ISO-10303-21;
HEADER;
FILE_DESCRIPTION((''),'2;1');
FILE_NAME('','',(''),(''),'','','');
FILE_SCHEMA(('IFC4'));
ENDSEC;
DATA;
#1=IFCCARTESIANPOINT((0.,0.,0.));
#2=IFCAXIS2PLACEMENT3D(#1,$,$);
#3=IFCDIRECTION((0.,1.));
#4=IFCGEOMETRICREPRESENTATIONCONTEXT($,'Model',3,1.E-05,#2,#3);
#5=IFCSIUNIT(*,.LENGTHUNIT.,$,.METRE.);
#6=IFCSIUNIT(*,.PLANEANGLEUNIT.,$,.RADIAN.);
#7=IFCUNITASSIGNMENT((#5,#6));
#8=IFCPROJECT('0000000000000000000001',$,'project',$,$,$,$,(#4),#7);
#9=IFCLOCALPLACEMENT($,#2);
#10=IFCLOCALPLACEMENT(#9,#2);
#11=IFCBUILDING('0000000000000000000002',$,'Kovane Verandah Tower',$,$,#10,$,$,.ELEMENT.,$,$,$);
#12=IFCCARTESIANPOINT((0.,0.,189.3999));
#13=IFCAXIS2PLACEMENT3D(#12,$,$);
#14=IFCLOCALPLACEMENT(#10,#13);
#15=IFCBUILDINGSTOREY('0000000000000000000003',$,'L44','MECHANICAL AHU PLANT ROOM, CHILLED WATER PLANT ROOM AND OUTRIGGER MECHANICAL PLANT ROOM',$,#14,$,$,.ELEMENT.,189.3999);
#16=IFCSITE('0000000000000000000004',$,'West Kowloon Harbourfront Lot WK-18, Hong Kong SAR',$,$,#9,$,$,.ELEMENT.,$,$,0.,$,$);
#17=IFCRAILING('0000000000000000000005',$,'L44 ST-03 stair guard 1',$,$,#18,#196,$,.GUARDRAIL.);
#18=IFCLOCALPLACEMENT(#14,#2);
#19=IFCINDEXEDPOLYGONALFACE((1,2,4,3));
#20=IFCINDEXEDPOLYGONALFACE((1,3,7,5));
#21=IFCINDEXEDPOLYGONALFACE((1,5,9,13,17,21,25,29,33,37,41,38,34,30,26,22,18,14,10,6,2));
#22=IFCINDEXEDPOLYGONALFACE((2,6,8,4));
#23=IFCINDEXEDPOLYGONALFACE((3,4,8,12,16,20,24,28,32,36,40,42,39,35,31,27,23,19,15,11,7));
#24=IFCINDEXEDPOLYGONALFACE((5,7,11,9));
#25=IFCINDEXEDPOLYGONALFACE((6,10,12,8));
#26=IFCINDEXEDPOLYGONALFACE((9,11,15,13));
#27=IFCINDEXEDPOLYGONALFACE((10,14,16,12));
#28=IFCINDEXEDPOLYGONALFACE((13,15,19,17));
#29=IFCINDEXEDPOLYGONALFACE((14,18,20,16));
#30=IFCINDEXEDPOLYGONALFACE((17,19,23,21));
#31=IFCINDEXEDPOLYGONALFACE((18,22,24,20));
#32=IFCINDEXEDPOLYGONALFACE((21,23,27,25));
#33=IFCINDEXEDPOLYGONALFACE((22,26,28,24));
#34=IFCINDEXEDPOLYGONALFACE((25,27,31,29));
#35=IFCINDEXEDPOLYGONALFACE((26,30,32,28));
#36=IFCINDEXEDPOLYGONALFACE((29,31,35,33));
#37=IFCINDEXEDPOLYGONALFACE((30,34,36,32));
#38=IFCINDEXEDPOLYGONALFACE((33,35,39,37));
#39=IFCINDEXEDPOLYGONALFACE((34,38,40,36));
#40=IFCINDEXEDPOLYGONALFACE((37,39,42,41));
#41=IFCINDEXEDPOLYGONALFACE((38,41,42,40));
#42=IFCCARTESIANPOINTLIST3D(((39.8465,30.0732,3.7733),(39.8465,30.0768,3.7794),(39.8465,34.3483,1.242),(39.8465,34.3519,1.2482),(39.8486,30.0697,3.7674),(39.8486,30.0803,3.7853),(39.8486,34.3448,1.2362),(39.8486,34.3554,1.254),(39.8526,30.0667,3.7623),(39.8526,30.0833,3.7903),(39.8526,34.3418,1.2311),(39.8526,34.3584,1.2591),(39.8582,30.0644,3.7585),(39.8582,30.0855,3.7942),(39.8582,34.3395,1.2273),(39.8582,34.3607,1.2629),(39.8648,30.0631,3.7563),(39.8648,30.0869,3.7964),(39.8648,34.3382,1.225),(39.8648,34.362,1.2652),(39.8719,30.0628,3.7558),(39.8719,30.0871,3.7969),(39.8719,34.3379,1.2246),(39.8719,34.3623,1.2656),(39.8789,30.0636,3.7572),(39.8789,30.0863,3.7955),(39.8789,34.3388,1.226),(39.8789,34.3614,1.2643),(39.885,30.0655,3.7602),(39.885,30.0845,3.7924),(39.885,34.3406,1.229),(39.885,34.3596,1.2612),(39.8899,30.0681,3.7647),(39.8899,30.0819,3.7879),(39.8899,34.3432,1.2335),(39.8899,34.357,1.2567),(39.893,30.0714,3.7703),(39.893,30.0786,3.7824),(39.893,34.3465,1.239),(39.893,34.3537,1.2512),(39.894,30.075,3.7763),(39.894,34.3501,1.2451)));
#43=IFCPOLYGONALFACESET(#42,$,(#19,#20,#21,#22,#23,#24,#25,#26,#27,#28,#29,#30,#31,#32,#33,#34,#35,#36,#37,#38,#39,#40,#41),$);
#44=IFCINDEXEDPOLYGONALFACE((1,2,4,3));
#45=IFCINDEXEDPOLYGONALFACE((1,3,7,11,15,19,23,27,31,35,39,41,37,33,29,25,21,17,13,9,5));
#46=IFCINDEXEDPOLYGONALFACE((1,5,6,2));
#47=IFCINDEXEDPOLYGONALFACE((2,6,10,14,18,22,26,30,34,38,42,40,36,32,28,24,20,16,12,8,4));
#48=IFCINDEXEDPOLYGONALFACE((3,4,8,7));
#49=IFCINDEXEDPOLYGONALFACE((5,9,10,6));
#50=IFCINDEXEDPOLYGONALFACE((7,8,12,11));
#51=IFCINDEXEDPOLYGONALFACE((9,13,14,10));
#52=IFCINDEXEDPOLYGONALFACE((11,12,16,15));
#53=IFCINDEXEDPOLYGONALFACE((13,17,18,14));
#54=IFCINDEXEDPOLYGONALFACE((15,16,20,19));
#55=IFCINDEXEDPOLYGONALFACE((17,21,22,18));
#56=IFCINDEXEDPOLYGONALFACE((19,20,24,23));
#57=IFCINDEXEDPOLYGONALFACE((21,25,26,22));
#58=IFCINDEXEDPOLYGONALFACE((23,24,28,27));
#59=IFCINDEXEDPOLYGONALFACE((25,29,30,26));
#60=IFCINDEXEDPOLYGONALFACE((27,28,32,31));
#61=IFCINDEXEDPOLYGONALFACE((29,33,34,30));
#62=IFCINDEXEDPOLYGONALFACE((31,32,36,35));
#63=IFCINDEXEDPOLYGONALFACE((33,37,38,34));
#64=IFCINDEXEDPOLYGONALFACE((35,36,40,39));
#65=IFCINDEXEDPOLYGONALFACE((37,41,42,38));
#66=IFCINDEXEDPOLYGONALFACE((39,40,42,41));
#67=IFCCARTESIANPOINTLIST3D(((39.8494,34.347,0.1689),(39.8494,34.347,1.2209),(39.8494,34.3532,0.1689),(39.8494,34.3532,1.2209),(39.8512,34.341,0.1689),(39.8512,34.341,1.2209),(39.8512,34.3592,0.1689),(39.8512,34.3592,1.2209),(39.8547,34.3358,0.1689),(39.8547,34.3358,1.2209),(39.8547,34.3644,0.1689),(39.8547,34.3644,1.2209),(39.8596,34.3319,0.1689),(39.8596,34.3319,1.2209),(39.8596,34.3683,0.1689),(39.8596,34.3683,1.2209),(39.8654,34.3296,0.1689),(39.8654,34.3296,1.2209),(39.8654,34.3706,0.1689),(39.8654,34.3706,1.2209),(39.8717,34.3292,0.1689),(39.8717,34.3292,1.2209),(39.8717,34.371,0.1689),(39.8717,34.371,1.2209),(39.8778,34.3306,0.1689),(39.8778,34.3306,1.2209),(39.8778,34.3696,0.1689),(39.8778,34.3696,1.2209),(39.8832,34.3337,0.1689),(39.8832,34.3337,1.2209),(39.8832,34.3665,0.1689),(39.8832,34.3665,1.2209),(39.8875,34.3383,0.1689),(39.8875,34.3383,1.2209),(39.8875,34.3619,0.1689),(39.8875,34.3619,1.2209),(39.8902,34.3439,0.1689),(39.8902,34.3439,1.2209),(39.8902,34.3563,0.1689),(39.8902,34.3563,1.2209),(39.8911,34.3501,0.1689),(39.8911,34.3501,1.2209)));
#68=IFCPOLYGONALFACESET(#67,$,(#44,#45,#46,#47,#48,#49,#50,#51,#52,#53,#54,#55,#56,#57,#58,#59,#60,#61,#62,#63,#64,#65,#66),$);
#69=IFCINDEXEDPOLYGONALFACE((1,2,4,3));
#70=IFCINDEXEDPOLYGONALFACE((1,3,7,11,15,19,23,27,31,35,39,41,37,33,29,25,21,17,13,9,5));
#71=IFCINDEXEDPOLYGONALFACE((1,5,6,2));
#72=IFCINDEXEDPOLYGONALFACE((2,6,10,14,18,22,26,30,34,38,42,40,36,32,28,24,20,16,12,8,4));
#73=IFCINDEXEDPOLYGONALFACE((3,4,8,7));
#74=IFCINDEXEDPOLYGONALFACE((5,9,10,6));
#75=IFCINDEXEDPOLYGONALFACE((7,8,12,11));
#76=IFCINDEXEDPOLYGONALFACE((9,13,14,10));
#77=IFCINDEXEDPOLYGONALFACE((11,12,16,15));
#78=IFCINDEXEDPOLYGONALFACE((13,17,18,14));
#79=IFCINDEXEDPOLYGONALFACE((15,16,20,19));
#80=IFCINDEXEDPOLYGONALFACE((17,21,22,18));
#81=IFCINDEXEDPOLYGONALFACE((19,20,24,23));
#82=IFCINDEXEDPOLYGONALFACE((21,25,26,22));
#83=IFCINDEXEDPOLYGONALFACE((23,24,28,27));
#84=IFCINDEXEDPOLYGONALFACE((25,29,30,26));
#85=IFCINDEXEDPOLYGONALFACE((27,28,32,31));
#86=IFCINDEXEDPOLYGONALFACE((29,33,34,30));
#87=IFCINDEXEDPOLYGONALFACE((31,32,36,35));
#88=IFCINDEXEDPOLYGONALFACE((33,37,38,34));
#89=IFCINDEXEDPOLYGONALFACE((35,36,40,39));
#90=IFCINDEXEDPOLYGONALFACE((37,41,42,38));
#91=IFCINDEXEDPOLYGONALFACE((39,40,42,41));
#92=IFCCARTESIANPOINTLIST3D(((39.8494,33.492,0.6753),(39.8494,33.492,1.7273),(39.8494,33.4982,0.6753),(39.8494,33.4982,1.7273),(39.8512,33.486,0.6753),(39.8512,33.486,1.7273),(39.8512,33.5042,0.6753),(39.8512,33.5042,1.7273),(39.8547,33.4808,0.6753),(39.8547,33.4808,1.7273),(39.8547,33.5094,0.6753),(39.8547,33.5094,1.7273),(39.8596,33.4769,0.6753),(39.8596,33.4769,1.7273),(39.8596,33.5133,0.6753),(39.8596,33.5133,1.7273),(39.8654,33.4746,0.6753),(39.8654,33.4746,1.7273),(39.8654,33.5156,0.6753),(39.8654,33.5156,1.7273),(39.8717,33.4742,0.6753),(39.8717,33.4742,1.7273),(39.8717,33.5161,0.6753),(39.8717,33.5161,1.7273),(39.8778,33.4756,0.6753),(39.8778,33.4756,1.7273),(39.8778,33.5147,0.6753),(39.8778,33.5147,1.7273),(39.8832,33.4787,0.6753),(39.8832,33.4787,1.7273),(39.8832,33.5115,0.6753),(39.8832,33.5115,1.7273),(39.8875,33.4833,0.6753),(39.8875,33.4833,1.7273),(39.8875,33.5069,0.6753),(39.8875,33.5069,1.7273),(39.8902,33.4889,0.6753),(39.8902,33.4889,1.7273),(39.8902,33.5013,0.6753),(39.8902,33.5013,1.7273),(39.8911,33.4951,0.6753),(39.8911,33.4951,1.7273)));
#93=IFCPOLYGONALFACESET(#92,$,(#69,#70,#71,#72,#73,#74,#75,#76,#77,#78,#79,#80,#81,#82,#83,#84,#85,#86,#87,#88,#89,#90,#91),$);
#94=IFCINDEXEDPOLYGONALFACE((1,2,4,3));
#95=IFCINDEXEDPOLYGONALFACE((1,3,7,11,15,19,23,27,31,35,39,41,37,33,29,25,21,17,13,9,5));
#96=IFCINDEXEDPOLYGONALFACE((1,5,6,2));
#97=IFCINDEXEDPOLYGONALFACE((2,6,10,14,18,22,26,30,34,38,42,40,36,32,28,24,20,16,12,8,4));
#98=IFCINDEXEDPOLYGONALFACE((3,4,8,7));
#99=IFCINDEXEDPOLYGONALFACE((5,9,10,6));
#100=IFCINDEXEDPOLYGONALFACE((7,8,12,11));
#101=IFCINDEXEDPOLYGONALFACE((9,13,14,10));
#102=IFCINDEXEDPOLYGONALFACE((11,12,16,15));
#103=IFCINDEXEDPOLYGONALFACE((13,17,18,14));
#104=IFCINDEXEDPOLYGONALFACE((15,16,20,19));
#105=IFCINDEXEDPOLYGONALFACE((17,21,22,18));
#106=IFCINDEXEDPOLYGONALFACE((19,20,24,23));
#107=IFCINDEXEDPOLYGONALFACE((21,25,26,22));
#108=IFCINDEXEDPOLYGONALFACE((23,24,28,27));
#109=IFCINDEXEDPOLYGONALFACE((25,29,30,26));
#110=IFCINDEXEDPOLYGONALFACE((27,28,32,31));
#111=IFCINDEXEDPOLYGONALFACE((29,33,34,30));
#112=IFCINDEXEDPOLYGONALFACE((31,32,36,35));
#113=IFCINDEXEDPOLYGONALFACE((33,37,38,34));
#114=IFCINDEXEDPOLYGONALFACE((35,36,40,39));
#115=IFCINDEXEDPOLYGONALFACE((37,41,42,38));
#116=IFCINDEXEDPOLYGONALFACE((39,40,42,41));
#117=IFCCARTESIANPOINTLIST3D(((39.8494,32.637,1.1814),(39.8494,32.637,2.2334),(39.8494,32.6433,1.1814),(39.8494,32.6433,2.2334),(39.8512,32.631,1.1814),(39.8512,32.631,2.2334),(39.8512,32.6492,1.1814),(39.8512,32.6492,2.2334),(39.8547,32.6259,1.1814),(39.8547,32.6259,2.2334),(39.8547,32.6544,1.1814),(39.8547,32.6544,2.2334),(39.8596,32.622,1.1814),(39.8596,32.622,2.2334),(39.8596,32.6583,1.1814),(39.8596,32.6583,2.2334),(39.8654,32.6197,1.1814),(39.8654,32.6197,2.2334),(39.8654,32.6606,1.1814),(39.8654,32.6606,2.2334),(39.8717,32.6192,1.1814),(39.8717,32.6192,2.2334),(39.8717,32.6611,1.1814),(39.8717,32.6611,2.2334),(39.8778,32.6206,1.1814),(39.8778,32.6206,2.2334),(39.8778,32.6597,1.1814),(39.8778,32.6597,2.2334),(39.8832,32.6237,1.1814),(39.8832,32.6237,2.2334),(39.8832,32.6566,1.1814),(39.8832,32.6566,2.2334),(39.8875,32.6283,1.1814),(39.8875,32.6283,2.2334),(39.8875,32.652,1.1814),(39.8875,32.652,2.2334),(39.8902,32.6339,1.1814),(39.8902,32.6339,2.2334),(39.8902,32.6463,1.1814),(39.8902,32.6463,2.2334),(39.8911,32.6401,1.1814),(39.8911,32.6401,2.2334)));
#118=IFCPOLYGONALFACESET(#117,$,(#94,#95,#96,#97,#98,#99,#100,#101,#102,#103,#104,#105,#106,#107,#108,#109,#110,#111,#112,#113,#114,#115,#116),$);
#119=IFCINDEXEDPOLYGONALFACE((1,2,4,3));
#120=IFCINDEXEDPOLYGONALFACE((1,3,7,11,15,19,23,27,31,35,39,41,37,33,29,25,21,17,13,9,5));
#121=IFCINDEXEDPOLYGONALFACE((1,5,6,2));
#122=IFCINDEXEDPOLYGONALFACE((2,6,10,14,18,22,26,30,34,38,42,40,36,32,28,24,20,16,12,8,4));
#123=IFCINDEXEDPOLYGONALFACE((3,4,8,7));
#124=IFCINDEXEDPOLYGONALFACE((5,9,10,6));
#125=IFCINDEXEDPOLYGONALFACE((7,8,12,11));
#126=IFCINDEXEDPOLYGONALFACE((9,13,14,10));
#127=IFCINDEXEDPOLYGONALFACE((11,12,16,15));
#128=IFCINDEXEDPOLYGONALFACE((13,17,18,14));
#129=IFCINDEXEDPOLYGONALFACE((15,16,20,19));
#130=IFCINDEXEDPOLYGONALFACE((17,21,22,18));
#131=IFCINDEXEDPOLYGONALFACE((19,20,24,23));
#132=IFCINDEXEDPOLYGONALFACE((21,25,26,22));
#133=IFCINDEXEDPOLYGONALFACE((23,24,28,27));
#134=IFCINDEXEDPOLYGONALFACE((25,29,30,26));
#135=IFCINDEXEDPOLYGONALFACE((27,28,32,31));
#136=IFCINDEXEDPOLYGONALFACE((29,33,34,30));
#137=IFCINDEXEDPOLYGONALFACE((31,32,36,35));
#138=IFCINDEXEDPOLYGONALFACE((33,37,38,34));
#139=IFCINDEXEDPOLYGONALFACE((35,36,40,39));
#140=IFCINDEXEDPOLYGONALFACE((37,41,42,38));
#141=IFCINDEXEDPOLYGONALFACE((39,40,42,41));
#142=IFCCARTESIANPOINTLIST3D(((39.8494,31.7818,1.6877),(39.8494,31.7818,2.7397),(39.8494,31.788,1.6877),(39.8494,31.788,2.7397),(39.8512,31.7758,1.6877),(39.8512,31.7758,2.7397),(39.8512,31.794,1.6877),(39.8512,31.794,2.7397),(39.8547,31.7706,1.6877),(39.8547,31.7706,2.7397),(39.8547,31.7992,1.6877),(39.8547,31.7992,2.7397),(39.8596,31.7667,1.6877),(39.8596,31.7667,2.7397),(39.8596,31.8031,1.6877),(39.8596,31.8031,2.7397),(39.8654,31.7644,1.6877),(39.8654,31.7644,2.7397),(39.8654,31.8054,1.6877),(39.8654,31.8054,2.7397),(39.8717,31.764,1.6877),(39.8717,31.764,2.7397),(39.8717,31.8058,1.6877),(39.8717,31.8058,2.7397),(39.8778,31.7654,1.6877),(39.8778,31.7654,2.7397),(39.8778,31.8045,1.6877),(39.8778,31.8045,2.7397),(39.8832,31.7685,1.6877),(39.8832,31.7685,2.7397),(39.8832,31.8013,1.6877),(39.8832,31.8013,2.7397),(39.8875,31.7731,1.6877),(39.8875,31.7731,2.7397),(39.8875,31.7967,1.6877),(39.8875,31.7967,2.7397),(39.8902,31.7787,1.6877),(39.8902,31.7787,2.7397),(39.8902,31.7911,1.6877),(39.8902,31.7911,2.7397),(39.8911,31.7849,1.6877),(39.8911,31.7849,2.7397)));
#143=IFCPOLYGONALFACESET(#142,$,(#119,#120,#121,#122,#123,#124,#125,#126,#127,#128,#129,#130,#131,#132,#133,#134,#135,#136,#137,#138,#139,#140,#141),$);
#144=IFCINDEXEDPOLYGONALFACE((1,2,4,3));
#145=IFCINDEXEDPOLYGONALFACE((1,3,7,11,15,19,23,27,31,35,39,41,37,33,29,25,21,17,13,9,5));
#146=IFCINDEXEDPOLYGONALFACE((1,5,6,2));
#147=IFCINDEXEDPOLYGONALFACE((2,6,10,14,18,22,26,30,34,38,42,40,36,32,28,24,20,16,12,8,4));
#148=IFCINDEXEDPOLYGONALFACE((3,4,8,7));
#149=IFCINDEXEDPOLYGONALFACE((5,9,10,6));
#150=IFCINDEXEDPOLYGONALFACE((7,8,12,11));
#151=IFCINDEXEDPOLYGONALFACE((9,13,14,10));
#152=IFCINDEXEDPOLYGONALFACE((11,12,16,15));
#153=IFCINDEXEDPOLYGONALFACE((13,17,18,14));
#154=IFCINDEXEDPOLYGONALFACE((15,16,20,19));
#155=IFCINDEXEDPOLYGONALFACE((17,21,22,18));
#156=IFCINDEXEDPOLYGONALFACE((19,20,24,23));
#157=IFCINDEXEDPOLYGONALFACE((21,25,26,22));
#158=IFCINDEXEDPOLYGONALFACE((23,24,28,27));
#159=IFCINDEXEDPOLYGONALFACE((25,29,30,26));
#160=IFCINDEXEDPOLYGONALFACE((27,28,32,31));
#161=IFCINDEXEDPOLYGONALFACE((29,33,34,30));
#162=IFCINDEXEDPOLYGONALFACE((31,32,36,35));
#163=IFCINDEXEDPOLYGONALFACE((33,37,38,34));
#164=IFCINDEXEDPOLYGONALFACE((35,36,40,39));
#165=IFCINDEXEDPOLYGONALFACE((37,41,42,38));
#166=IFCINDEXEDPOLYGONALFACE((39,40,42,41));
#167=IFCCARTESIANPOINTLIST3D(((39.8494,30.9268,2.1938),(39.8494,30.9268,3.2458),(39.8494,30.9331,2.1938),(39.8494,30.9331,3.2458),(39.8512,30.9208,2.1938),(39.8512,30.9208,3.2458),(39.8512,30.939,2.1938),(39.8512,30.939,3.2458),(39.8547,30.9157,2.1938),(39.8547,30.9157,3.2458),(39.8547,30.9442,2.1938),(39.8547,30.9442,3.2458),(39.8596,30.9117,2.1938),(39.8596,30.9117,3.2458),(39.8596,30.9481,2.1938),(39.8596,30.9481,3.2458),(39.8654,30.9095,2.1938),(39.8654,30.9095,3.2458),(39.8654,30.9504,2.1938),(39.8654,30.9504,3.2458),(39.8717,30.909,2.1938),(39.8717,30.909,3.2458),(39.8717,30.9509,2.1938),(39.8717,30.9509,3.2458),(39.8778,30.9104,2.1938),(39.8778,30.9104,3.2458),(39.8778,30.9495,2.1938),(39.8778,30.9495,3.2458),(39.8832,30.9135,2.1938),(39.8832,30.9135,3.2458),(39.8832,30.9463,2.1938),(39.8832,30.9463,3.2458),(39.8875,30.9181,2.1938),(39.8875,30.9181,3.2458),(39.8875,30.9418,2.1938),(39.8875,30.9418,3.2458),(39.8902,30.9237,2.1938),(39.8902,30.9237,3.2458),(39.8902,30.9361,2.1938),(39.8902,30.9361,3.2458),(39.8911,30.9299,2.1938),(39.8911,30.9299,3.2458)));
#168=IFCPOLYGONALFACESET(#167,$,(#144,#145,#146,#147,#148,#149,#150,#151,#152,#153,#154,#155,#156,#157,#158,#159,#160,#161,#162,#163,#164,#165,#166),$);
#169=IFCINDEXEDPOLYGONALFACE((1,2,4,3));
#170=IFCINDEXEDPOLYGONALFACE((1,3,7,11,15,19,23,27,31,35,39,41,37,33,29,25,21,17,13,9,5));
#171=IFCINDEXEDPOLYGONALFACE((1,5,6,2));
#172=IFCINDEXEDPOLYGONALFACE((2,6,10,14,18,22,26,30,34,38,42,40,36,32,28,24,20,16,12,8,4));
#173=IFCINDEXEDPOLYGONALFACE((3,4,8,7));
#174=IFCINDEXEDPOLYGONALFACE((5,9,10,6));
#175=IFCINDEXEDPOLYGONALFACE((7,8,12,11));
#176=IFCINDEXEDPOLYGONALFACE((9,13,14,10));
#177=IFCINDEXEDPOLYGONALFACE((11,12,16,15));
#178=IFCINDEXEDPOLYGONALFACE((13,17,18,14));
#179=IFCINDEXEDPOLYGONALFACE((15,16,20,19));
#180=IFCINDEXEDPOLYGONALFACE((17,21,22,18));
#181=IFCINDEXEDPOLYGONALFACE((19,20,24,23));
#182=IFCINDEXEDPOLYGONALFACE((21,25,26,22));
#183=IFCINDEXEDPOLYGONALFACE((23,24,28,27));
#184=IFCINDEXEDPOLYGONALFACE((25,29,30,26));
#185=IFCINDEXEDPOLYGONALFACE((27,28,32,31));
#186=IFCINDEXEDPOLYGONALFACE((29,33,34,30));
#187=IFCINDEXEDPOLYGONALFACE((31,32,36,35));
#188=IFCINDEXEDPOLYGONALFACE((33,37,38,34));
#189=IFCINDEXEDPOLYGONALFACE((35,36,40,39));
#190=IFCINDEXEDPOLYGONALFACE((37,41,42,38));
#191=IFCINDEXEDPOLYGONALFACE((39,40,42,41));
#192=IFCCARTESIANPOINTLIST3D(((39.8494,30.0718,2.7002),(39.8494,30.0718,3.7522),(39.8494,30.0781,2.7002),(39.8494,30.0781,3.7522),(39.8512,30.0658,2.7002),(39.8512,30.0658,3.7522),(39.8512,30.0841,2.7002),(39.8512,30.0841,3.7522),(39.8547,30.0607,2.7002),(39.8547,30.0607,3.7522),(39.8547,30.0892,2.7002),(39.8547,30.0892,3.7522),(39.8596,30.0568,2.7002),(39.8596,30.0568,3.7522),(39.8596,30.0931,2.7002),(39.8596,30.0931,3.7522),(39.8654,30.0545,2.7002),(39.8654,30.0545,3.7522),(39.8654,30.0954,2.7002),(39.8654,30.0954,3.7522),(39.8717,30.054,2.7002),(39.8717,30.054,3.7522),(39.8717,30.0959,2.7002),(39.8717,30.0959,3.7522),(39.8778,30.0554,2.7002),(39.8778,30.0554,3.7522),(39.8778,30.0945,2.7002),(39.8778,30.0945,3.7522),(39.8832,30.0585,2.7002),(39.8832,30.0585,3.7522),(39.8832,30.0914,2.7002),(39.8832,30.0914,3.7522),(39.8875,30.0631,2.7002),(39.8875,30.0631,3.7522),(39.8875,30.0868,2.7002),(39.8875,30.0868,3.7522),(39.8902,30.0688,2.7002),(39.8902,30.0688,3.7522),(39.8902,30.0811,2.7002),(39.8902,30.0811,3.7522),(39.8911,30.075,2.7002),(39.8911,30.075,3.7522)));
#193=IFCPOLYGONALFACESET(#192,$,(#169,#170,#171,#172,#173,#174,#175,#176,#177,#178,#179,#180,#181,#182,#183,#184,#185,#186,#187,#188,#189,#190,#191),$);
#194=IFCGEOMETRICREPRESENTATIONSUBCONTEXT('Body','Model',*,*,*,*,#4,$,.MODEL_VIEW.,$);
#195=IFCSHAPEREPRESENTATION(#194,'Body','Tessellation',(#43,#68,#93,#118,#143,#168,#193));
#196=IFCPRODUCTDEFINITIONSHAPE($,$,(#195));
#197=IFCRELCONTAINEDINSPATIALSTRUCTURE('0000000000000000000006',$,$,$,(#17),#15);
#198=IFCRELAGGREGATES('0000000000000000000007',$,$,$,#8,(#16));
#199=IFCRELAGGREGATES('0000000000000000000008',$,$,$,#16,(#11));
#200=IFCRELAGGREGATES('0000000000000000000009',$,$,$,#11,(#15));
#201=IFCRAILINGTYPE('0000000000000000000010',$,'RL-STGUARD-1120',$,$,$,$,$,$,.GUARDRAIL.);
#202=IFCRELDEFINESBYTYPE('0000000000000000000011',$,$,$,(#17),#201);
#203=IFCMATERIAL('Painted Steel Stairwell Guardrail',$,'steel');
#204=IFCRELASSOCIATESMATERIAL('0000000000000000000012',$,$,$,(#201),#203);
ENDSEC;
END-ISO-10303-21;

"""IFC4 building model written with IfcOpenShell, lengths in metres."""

from ifc_helpers import new_model, si_unit, direction, frame, origin, origin_2d, place, context, subcontext, project, spatial, circle, extrude, material, type_object, element, save


model = new_model("IFC4")

# Units and contexts
model_context = context("Model", 3, precision=1e-05, world=origin(), true_north=direction((0.0, 1.0)))
body_context = subcontext(model_context, "Body", "Model", "MODEL_VIEW")
ifc_project = project(units=[si_unit("LENGTHUNIT", "METRE"), si_unit("PLANEANGLEUNIT", "RADIAN")], contexts=[model_context])

# Site, building, storey
site_placement = place(None, origin())
site = spatial("IfcSite", under=ifc_project, at=site_placement, Name="West Kowloon Harbourfront Lot WK-18, Hong Kong SAR", CompositionType="ELEMENT", RefElevation=0.0)
building_placement = place(site_placement, origin())
building = spatial("IfcBuilding", under=site, at=building_placement, Name="Kovane Verandah Tower", CompositionType="ELEMENT")
storey_placement = place(building_placement, frame((0.0, 0.0, 189.3999)))
storey = spatial("IfcBuildingStorey", under=building, at=storey_placement, Name="L44", Description="MECHANICAL AHU PLANT ROOM, CHILLED WATER PLANT ROOM AND OUTRIGGER MECHANICAL PLANT ROOM", CompositionType="ELEMENT", Elevation=189.3999)

# Railing
ifc_material_1 = material(Name="Painted Steel Stairwell Guardrail", Category="steel")
railing_type_1 = type_object("IfcRailingType", Name="RL-STGUARD-1120", PredefinedType="GUARDRAIL", material=ifc_material_1)
railing_1_placement = place(storey_placement, frame((39.8701, 34.3501, 0.1689)))
element("IfcRailing", 1, at=railing_1_placement, inside=storey, type_object=railing_type_1, Name="L44 ST-03 stair guard 1", PredefinedType="GUARDRAIL", context=body_context, shape_type="SweptSolid", body=[
    extrude(circle(Radius=0.0239, at=origin_2d()), frame((0.0, 0.0, 1.0762), z_axis=(0.0, -0.860483, 0.509479), x_axis=(1.0, 0.0, 0.0)), (0.0, 0.0, 1.0), 4.9683),
    extrude(circle(Radius=0.021, at=origin_2d()), origin(), (0.0, 0.0, 1.0), 1.052),
    extrude(circle(Radius=0.021, at=origin_2d()), frame((0.0, -0.855, 0.5063)), (0.0, 0.0, 1.0), 1.052),
    extrude(circle(Radius=0.021, at=origin_2d()), frame((0.0, -1.71, 1.0125)), (0.0, 0.0, 1.0), 1.052),
    extrude(circle(Radius=0.021, at=origin_2d()), frame((0.0, -2.5652, 1.5188)), (0.0, 0.0, 1.0), 1.052),
    extrude(circle(Radius=0.021, at=origin_2d()), frame((0.0, -3.4202, 2.0249)), (0.0, 0.0, 1.0), 1.052),
    extrude(circle(Radius=0.021, at=origin_2d()), frame((0.0, -4.2751, 2.5312)), (0.0, 0.0, 1.0), 1.052),
])

save(model, "model.ifc")
